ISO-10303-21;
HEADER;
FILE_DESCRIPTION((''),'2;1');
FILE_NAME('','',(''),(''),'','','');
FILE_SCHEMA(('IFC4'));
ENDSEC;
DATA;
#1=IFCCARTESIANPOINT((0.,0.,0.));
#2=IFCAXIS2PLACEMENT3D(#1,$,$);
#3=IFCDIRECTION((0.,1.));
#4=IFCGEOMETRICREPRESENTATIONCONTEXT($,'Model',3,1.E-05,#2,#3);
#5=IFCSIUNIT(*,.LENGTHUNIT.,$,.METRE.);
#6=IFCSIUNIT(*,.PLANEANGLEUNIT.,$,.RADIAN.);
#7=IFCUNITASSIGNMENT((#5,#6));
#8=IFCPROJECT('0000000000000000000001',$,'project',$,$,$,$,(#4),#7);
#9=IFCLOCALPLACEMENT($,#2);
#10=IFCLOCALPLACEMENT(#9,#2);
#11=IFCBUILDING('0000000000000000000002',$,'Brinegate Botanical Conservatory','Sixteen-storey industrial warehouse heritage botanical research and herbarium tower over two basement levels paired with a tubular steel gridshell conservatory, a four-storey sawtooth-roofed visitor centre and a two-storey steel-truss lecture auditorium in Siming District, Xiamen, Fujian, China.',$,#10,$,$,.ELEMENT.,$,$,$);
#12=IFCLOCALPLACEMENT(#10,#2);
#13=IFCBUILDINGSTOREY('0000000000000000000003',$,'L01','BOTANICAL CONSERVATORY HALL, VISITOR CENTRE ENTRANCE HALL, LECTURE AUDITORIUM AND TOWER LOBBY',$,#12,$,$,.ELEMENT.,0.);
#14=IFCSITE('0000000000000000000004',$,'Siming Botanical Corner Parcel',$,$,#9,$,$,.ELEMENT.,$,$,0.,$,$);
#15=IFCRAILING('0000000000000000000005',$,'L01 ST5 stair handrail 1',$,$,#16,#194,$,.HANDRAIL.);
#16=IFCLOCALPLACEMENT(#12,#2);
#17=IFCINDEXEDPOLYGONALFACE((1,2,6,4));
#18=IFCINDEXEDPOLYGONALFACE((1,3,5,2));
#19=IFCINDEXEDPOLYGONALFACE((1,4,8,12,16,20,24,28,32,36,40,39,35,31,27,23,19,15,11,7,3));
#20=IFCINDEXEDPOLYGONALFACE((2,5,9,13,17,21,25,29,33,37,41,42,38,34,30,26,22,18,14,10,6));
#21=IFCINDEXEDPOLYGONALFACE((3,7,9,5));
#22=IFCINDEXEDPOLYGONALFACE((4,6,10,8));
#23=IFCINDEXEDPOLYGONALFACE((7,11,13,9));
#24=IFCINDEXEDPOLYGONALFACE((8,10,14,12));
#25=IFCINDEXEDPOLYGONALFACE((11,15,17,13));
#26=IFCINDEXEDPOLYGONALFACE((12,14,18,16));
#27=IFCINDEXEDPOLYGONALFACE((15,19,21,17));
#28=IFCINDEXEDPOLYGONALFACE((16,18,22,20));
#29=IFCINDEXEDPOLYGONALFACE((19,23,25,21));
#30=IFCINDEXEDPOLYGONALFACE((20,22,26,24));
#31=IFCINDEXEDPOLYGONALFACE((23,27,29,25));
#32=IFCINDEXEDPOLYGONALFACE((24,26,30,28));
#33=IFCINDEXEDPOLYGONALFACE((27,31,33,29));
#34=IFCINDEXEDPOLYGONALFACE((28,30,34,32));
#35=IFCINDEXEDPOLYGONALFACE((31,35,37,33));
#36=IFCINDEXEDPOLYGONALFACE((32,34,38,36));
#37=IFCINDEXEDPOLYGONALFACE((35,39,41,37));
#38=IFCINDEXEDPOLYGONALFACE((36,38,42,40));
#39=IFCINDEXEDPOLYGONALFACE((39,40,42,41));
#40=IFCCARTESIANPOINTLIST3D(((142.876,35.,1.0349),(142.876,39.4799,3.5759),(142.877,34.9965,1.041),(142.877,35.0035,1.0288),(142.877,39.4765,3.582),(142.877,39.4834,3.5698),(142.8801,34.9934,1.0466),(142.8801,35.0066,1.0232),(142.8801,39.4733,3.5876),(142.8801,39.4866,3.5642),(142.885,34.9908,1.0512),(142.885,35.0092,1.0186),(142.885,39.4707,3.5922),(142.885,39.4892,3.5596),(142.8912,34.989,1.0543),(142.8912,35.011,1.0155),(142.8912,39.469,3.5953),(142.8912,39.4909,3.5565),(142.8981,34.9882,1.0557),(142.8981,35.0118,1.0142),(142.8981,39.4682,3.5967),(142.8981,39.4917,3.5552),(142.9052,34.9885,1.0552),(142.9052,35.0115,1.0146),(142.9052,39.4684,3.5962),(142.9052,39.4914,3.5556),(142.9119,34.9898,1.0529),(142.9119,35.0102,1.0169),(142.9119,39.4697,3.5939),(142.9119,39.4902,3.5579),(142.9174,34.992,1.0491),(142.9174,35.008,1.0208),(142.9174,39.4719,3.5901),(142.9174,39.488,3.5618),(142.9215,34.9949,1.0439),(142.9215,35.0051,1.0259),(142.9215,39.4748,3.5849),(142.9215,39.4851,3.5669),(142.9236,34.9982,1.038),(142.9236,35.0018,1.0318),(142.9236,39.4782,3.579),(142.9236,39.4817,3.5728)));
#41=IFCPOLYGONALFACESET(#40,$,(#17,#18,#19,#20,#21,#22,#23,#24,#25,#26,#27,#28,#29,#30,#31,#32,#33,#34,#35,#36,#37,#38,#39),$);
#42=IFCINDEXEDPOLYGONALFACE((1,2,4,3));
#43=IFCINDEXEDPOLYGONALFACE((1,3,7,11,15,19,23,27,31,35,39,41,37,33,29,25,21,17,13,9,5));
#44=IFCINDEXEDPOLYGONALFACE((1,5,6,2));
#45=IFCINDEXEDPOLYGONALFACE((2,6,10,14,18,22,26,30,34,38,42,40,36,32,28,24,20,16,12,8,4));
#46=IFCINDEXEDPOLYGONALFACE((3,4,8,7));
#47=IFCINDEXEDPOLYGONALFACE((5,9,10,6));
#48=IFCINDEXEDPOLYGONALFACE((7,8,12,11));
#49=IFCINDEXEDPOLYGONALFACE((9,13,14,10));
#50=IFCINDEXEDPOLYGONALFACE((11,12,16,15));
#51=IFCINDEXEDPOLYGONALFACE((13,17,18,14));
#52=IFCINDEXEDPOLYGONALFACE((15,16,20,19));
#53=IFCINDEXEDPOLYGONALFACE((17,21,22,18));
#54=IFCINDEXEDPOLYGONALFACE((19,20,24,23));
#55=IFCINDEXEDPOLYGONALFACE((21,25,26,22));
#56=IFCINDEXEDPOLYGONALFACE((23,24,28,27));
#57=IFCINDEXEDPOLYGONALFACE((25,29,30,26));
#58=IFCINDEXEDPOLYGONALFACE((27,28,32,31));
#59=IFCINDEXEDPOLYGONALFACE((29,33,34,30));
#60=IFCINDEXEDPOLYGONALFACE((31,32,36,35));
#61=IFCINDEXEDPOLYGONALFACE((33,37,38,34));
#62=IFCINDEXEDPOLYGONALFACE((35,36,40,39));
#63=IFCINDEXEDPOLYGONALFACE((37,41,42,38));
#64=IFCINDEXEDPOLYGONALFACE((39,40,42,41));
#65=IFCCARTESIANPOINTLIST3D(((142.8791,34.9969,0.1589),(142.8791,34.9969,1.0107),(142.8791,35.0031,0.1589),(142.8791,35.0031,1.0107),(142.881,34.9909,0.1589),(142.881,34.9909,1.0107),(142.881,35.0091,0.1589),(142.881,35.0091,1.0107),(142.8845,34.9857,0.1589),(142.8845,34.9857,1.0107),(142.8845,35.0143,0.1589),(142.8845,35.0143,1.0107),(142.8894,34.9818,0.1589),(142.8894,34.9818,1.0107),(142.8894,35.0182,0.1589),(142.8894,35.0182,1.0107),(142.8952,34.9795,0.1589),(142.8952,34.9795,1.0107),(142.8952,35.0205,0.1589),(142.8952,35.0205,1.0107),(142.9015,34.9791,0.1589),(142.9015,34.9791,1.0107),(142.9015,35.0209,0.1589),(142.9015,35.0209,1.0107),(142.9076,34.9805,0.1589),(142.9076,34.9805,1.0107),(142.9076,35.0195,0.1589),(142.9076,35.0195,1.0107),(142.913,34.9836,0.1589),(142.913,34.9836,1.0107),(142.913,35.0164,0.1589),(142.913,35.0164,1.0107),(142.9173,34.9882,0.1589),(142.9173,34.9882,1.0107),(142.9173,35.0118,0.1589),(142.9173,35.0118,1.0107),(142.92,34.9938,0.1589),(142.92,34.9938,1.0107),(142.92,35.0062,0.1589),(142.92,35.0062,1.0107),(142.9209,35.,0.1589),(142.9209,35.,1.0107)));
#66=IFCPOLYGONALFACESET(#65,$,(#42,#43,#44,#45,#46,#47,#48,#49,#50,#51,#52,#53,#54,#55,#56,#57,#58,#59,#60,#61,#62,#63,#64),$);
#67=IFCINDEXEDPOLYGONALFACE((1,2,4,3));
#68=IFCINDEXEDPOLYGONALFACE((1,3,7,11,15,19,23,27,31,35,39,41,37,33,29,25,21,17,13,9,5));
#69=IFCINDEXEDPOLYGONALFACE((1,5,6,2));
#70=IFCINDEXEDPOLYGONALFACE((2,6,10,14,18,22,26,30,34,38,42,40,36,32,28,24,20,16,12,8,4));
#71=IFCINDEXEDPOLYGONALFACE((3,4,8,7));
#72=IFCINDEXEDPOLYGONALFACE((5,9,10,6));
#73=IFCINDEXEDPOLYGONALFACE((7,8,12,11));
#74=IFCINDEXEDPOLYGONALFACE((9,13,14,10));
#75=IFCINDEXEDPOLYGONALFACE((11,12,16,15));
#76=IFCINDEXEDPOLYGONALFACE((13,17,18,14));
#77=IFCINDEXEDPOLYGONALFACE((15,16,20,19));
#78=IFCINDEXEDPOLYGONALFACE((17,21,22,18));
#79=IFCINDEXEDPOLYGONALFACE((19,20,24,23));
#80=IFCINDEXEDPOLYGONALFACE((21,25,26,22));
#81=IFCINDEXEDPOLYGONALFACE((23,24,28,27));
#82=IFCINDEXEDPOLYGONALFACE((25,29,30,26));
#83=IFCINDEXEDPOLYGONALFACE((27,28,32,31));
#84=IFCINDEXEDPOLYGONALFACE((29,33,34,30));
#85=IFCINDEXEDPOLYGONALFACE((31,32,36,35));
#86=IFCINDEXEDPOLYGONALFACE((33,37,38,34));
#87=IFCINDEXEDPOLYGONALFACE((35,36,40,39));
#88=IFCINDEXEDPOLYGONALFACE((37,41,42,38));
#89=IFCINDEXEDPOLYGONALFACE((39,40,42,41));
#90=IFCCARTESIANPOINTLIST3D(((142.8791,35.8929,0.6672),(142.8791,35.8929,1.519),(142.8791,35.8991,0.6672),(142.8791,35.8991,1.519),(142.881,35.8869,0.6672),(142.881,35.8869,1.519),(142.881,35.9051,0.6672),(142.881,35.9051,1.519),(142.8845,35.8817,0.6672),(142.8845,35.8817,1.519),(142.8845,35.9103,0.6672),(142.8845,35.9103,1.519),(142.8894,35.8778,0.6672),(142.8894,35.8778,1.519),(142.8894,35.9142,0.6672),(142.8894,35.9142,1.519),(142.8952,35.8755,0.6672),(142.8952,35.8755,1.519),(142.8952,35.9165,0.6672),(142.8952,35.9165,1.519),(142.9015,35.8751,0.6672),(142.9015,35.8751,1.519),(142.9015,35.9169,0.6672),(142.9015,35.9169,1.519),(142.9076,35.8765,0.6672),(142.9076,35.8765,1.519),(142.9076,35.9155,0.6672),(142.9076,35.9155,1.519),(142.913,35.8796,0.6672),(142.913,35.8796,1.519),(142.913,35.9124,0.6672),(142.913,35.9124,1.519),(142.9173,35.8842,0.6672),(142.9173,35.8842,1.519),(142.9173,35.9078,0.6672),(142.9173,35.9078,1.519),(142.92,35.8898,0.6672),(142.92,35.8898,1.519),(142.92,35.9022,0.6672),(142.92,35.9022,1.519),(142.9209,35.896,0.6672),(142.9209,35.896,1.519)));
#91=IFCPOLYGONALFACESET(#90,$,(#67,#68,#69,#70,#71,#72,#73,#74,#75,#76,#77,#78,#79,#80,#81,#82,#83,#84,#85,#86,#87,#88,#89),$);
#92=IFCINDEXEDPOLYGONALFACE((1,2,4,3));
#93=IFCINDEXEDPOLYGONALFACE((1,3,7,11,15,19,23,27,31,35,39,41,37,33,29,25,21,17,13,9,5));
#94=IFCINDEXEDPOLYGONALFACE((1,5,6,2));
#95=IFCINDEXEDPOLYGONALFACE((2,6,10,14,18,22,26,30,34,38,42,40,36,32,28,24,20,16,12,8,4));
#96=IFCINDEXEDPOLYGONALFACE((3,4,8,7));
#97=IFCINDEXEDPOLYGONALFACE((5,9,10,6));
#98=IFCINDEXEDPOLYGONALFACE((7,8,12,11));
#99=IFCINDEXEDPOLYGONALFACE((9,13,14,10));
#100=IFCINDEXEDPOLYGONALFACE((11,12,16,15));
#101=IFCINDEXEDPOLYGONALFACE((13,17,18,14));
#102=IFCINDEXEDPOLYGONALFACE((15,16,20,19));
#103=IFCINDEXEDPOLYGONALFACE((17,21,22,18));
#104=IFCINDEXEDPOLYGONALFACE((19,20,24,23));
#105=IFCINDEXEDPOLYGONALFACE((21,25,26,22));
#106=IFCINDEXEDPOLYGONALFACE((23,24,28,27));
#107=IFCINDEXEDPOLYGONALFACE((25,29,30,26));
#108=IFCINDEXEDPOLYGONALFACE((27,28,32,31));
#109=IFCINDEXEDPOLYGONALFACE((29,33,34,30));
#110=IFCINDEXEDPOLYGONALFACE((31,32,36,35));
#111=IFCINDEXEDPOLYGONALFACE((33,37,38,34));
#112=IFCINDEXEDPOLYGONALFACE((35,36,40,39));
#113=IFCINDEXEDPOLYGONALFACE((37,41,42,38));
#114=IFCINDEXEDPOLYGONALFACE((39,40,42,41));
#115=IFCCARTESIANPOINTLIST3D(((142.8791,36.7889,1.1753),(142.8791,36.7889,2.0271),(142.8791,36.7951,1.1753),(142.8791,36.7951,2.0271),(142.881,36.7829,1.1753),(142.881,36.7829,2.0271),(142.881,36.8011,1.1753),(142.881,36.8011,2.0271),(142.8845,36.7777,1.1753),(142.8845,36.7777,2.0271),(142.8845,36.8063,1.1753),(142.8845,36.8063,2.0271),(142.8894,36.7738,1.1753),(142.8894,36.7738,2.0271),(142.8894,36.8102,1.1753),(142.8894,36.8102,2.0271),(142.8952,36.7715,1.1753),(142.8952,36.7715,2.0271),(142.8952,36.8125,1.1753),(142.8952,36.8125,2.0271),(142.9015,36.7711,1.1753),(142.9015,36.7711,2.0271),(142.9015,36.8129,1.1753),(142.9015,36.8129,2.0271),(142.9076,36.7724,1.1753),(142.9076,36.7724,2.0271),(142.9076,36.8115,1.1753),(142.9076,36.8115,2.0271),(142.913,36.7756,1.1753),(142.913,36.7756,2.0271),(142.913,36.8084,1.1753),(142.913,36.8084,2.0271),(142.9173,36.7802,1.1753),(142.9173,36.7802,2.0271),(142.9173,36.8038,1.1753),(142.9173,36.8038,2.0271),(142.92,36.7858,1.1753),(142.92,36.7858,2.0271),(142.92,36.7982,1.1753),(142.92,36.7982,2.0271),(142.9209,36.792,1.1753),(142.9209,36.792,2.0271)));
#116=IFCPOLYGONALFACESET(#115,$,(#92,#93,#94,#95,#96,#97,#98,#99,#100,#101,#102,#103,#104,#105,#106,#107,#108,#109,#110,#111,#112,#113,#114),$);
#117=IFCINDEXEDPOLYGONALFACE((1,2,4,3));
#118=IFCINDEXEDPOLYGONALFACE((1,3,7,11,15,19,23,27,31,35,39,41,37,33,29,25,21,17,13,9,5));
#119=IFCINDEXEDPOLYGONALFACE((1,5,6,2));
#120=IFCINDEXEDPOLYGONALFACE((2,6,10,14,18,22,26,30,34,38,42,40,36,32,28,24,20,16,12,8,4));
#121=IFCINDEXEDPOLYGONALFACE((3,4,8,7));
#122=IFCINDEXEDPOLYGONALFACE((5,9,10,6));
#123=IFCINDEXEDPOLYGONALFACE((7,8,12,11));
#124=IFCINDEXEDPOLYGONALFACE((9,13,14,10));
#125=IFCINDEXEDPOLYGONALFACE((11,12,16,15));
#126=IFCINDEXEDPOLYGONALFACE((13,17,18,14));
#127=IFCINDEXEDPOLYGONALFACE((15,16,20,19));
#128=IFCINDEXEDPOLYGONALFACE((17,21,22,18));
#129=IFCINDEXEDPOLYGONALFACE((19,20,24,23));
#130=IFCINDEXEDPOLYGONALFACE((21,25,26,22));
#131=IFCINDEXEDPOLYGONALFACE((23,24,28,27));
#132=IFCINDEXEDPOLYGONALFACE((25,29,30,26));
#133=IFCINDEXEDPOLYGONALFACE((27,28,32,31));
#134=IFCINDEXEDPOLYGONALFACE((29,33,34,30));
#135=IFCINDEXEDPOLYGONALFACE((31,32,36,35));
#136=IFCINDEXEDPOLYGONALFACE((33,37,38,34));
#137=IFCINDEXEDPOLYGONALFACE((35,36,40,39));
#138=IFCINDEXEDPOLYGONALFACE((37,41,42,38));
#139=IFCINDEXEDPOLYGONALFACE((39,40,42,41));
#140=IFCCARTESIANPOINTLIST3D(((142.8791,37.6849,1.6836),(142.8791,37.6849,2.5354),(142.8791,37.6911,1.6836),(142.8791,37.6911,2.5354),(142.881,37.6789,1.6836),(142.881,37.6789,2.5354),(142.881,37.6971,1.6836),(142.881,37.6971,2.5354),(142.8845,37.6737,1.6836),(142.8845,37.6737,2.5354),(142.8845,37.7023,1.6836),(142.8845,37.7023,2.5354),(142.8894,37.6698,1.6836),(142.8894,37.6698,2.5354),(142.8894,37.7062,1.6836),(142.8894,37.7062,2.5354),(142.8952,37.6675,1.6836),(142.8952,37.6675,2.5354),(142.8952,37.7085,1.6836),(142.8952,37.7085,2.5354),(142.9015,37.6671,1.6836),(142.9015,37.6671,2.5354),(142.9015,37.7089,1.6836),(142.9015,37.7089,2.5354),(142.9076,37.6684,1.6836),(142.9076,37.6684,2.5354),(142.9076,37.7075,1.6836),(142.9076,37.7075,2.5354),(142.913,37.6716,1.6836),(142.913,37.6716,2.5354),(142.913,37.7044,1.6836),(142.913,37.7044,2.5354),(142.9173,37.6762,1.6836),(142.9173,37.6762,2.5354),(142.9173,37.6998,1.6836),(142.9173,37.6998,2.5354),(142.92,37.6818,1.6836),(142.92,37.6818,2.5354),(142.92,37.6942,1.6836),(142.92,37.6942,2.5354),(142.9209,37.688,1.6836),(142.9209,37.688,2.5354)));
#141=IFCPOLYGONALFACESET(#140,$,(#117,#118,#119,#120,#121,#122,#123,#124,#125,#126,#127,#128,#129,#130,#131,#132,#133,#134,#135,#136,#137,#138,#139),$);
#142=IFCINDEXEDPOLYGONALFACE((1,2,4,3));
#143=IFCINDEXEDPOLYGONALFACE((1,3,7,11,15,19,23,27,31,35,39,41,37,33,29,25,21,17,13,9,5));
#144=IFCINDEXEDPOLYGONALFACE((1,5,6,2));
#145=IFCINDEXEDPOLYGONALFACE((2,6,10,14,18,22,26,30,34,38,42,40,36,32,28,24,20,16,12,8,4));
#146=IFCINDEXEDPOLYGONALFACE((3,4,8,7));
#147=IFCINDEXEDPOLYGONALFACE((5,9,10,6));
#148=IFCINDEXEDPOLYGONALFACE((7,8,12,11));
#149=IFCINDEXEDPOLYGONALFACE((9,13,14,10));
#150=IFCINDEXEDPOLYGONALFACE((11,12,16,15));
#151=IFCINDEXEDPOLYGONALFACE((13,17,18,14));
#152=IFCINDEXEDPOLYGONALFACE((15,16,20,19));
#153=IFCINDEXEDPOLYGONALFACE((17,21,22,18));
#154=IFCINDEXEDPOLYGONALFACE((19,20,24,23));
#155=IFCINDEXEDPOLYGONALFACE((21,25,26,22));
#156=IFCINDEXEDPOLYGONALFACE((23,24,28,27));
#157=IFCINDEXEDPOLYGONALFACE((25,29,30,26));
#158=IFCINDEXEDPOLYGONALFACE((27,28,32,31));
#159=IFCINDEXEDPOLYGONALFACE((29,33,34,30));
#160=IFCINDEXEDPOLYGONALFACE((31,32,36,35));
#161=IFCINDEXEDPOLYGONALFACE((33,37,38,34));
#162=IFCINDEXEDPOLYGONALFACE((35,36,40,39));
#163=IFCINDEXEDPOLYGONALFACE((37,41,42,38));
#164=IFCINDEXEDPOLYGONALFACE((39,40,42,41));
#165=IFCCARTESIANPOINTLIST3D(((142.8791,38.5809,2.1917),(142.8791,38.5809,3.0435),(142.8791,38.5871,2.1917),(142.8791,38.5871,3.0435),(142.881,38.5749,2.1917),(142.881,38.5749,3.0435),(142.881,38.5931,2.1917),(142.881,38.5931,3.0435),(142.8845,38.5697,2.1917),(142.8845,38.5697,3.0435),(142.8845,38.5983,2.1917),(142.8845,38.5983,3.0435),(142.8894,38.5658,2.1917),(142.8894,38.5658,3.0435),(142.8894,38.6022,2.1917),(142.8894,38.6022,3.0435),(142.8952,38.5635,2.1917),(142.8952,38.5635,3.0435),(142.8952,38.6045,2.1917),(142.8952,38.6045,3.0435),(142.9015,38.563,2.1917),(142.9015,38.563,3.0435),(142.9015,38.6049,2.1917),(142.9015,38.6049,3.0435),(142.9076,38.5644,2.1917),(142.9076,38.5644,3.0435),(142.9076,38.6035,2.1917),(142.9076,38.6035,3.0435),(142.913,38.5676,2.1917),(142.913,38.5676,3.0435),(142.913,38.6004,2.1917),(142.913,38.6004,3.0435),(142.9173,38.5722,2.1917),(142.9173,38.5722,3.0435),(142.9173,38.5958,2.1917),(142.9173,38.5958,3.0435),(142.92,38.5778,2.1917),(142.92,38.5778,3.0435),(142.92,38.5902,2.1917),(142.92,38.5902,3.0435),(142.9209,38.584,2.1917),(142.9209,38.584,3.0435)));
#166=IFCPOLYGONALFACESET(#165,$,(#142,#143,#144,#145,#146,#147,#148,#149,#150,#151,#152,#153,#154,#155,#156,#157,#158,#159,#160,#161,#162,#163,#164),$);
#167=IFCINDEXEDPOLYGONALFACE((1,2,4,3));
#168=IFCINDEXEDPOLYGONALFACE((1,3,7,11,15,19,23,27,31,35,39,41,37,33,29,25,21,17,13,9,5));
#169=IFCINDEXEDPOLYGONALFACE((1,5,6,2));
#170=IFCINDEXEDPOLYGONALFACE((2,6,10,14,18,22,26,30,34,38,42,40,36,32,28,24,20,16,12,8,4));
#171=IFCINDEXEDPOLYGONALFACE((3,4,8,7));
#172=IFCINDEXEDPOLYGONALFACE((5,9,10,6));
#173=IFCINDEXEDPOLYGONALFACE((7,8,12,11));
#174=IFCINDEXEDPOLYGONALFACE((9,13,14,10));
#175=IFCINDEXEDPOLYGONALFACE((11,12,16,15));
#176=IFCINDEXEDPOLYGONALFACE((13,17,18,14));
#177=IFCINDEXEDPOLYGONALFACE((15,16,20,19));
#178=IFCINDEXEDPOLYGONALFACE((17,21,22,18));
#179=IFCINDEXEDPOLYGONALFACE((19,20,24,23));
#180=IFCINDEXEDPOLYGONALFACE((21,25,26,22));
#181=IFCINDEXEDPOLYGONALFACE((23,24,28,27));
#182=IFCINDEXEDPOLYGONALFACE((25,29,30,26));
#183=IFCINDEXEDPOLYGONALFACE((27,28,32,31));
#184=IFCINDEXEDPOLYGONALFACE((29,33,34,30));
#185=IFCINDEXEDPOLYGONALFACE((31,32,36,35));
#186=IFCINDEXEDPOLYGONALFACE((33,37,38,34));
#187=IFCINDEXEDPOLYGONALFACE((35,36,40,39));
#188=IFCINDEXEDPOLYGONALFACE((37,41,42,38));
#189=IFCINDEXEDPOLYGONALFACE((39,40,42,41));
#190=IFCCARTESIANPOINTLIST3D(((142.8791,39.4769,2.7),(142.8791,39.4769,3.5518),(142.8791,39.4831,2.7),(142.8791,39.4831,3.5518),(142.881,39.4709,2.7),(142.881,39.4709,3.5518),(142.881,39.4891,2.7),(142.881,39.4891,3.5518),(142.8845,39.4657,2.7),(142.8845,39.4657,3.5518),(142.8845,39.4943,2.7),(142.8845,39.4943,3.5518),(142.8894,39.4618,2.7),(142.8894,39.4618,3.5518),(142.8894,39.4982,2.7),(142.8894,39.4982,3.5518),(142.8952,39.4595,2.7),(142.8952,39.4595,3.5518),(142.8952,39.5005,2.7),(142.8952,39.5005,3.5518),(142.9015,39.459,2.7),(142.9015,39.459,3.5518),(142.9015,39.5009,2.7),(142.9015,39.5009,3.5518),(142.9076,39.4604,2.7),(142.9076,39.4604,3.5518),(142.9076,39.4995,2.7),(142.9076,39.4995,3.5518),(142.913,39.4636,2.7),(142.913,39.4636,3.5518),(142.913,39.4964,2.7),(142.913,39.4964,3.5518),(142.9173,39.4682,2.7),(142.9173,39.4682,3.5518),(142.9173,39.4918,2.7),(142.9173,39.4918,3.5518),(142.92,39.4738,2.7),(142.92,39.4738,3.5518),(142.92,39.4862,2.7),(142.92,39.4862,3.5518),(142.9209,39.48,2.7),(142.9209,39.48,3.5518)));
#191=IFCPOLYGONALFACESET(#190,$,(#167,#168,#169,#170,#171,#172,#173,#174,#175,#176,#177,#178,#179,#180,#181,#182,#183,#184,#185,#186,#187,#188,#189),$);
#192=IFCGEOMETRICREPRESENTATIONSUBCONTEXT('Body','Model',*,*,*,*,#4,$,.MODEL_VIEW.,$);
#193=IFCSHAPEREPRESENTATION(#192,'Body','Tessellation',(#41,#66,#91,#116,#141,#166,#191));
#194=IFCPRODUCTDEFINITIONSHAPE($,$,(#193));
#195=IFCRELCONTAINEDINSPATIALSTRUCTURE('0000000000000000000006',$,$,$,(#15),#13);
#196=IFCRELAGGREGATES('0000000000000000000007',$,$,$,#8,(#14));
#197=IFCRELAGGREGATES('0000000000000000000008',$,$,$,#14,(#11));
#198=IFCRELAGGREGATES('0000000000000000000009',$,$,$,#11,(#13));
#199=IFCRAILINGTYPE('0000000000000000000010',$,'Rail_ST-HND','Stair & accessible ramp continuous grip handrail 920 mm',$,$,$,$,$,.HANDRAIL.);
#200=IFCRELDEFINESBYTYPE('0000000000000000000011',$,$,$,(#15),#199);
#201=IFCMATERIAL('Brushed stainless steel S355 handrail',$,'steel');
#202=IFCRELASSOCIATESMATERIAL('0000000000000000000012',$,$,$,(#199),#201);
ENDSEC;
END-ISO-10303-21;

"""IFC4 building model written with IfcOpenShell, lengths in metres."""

from ifc_helpers import new_model, si_unit, direction, frame, origin, origin_2d, place, context, subcontext, project, spatial, circle, extrude, material, type_object, element, save


model = new_model("IFC4")

# Units and contexts
model_context = context("Model", 3, precision=1e-05, world=origin(), true_north=direction((0.0, 1.0)))
body_context = subcontext(model_context, "Body", "Model", "MODEL_VIEW")
ifc_project = project(units=[si_unit("LENGTHUNIT", "METRE"), si_unit("PLANEANGLEUNIT", "RADIAN")], contexts=[model_context])

# Site, building, storey
site_placement = place(None, origin())
site = spatial("IfcSite", under=ifc_project, at=site_placement, Name="Siming Botanical Corner Parcel", CompositionType="ELEMENT", RefElevation=0.0)
building_placement = place(site_placement, origin())
building = spatial("IfcBuilding", under=site, at=building_placement, Name="Brinegate Botanical Conservatory", Description="Sixteen-storey industrial warehouse heritage botanical research and herbarium tower over two basement levels paired with a tubular steel gridshell conservatory, a four-storey sawtooth-roofed visitor centre and a two-storey steel-truss lecture auditorium in Siming District, Xiamen, Fujian, China.", CompositionType="ELEMENT")
storey_placement = place(building_placement, origin())
storey = spatial("IfcBuildingStorey", under=building, at=storey_placement, Name="L01", Description="BOTANICAL CONSERVATORY HALL, VISITOR CENTRE ENTRANCE HALL, LECTURE AUDITORIUM AND TOWER LOBBY", CompositionType="ELEMENT", Elevation=0.0)

# Railing
ifc_material_1 = material(Name="Brushed stainless steel S355 handrail", Category="steel")
railing_type_1 = type_object("IfcRailingType", Name="Rail_ST-HND", Description="Stair & accessible ramp continuous grip handrail 920 mm", PredefinedType="HANDRAIL", material=ifc_material_1)
railing_1_placement = place(storey_placement, frame((142.8999, 35.0, 0.1589)))
element("IfcRailing", 1, at=railing_1_placement, inside=storey, type_object=railing_type_1, Name="L01 ST5 stair handrail 1", PredefinedType="HANDRAIL", context=body_context, shape_type="SweptSolid", body=[
    extrude(circle(Radius=0.0239, at=origin_2d()), frame((0.0, 0.0, 0.876), z_axis=(0.0, 0.869826, 0.493359), x_axis=(-1.0, 0.0, 0.0)), (0.0, 0.0, 1.0), 5.1504),
    extrude(circle(Radius=0.021, at=origin_2d()), origin(), (0.0, 0.0, 1.0), 0.8518),
    extrude(circle(Radius=0.021, at=origin_2d()), frame((0.0, 0.896, 0.5083)), (0.0, 0.0, 1.0), 0.8518),
    extrude(circle(Radius=0.021, at=origin_2d()), frame((0.0, 1.792, 1.0164)), (0.0, 0.0, 1.0), 0.8518),
    extrude(circle(Radius=0.021, at=origin_2d()), frame((0.0, 2.688, 1.5247)), (0.0, 0.0, 1.0), 0.8518),
    extrude(circle(Radius=0.021, at=origin_2d()), frame((0.0, 3.584, 2.0327)), (0.0, 0.0, 1.0), 0.8518),
    extrude(circle(Radius=0.021, at=origin_2d()), frame((0.0, 4.48, 2.541)), (0.0, 0.0, 1.0), 0.8518),
])

save(model, "model.ifc")
